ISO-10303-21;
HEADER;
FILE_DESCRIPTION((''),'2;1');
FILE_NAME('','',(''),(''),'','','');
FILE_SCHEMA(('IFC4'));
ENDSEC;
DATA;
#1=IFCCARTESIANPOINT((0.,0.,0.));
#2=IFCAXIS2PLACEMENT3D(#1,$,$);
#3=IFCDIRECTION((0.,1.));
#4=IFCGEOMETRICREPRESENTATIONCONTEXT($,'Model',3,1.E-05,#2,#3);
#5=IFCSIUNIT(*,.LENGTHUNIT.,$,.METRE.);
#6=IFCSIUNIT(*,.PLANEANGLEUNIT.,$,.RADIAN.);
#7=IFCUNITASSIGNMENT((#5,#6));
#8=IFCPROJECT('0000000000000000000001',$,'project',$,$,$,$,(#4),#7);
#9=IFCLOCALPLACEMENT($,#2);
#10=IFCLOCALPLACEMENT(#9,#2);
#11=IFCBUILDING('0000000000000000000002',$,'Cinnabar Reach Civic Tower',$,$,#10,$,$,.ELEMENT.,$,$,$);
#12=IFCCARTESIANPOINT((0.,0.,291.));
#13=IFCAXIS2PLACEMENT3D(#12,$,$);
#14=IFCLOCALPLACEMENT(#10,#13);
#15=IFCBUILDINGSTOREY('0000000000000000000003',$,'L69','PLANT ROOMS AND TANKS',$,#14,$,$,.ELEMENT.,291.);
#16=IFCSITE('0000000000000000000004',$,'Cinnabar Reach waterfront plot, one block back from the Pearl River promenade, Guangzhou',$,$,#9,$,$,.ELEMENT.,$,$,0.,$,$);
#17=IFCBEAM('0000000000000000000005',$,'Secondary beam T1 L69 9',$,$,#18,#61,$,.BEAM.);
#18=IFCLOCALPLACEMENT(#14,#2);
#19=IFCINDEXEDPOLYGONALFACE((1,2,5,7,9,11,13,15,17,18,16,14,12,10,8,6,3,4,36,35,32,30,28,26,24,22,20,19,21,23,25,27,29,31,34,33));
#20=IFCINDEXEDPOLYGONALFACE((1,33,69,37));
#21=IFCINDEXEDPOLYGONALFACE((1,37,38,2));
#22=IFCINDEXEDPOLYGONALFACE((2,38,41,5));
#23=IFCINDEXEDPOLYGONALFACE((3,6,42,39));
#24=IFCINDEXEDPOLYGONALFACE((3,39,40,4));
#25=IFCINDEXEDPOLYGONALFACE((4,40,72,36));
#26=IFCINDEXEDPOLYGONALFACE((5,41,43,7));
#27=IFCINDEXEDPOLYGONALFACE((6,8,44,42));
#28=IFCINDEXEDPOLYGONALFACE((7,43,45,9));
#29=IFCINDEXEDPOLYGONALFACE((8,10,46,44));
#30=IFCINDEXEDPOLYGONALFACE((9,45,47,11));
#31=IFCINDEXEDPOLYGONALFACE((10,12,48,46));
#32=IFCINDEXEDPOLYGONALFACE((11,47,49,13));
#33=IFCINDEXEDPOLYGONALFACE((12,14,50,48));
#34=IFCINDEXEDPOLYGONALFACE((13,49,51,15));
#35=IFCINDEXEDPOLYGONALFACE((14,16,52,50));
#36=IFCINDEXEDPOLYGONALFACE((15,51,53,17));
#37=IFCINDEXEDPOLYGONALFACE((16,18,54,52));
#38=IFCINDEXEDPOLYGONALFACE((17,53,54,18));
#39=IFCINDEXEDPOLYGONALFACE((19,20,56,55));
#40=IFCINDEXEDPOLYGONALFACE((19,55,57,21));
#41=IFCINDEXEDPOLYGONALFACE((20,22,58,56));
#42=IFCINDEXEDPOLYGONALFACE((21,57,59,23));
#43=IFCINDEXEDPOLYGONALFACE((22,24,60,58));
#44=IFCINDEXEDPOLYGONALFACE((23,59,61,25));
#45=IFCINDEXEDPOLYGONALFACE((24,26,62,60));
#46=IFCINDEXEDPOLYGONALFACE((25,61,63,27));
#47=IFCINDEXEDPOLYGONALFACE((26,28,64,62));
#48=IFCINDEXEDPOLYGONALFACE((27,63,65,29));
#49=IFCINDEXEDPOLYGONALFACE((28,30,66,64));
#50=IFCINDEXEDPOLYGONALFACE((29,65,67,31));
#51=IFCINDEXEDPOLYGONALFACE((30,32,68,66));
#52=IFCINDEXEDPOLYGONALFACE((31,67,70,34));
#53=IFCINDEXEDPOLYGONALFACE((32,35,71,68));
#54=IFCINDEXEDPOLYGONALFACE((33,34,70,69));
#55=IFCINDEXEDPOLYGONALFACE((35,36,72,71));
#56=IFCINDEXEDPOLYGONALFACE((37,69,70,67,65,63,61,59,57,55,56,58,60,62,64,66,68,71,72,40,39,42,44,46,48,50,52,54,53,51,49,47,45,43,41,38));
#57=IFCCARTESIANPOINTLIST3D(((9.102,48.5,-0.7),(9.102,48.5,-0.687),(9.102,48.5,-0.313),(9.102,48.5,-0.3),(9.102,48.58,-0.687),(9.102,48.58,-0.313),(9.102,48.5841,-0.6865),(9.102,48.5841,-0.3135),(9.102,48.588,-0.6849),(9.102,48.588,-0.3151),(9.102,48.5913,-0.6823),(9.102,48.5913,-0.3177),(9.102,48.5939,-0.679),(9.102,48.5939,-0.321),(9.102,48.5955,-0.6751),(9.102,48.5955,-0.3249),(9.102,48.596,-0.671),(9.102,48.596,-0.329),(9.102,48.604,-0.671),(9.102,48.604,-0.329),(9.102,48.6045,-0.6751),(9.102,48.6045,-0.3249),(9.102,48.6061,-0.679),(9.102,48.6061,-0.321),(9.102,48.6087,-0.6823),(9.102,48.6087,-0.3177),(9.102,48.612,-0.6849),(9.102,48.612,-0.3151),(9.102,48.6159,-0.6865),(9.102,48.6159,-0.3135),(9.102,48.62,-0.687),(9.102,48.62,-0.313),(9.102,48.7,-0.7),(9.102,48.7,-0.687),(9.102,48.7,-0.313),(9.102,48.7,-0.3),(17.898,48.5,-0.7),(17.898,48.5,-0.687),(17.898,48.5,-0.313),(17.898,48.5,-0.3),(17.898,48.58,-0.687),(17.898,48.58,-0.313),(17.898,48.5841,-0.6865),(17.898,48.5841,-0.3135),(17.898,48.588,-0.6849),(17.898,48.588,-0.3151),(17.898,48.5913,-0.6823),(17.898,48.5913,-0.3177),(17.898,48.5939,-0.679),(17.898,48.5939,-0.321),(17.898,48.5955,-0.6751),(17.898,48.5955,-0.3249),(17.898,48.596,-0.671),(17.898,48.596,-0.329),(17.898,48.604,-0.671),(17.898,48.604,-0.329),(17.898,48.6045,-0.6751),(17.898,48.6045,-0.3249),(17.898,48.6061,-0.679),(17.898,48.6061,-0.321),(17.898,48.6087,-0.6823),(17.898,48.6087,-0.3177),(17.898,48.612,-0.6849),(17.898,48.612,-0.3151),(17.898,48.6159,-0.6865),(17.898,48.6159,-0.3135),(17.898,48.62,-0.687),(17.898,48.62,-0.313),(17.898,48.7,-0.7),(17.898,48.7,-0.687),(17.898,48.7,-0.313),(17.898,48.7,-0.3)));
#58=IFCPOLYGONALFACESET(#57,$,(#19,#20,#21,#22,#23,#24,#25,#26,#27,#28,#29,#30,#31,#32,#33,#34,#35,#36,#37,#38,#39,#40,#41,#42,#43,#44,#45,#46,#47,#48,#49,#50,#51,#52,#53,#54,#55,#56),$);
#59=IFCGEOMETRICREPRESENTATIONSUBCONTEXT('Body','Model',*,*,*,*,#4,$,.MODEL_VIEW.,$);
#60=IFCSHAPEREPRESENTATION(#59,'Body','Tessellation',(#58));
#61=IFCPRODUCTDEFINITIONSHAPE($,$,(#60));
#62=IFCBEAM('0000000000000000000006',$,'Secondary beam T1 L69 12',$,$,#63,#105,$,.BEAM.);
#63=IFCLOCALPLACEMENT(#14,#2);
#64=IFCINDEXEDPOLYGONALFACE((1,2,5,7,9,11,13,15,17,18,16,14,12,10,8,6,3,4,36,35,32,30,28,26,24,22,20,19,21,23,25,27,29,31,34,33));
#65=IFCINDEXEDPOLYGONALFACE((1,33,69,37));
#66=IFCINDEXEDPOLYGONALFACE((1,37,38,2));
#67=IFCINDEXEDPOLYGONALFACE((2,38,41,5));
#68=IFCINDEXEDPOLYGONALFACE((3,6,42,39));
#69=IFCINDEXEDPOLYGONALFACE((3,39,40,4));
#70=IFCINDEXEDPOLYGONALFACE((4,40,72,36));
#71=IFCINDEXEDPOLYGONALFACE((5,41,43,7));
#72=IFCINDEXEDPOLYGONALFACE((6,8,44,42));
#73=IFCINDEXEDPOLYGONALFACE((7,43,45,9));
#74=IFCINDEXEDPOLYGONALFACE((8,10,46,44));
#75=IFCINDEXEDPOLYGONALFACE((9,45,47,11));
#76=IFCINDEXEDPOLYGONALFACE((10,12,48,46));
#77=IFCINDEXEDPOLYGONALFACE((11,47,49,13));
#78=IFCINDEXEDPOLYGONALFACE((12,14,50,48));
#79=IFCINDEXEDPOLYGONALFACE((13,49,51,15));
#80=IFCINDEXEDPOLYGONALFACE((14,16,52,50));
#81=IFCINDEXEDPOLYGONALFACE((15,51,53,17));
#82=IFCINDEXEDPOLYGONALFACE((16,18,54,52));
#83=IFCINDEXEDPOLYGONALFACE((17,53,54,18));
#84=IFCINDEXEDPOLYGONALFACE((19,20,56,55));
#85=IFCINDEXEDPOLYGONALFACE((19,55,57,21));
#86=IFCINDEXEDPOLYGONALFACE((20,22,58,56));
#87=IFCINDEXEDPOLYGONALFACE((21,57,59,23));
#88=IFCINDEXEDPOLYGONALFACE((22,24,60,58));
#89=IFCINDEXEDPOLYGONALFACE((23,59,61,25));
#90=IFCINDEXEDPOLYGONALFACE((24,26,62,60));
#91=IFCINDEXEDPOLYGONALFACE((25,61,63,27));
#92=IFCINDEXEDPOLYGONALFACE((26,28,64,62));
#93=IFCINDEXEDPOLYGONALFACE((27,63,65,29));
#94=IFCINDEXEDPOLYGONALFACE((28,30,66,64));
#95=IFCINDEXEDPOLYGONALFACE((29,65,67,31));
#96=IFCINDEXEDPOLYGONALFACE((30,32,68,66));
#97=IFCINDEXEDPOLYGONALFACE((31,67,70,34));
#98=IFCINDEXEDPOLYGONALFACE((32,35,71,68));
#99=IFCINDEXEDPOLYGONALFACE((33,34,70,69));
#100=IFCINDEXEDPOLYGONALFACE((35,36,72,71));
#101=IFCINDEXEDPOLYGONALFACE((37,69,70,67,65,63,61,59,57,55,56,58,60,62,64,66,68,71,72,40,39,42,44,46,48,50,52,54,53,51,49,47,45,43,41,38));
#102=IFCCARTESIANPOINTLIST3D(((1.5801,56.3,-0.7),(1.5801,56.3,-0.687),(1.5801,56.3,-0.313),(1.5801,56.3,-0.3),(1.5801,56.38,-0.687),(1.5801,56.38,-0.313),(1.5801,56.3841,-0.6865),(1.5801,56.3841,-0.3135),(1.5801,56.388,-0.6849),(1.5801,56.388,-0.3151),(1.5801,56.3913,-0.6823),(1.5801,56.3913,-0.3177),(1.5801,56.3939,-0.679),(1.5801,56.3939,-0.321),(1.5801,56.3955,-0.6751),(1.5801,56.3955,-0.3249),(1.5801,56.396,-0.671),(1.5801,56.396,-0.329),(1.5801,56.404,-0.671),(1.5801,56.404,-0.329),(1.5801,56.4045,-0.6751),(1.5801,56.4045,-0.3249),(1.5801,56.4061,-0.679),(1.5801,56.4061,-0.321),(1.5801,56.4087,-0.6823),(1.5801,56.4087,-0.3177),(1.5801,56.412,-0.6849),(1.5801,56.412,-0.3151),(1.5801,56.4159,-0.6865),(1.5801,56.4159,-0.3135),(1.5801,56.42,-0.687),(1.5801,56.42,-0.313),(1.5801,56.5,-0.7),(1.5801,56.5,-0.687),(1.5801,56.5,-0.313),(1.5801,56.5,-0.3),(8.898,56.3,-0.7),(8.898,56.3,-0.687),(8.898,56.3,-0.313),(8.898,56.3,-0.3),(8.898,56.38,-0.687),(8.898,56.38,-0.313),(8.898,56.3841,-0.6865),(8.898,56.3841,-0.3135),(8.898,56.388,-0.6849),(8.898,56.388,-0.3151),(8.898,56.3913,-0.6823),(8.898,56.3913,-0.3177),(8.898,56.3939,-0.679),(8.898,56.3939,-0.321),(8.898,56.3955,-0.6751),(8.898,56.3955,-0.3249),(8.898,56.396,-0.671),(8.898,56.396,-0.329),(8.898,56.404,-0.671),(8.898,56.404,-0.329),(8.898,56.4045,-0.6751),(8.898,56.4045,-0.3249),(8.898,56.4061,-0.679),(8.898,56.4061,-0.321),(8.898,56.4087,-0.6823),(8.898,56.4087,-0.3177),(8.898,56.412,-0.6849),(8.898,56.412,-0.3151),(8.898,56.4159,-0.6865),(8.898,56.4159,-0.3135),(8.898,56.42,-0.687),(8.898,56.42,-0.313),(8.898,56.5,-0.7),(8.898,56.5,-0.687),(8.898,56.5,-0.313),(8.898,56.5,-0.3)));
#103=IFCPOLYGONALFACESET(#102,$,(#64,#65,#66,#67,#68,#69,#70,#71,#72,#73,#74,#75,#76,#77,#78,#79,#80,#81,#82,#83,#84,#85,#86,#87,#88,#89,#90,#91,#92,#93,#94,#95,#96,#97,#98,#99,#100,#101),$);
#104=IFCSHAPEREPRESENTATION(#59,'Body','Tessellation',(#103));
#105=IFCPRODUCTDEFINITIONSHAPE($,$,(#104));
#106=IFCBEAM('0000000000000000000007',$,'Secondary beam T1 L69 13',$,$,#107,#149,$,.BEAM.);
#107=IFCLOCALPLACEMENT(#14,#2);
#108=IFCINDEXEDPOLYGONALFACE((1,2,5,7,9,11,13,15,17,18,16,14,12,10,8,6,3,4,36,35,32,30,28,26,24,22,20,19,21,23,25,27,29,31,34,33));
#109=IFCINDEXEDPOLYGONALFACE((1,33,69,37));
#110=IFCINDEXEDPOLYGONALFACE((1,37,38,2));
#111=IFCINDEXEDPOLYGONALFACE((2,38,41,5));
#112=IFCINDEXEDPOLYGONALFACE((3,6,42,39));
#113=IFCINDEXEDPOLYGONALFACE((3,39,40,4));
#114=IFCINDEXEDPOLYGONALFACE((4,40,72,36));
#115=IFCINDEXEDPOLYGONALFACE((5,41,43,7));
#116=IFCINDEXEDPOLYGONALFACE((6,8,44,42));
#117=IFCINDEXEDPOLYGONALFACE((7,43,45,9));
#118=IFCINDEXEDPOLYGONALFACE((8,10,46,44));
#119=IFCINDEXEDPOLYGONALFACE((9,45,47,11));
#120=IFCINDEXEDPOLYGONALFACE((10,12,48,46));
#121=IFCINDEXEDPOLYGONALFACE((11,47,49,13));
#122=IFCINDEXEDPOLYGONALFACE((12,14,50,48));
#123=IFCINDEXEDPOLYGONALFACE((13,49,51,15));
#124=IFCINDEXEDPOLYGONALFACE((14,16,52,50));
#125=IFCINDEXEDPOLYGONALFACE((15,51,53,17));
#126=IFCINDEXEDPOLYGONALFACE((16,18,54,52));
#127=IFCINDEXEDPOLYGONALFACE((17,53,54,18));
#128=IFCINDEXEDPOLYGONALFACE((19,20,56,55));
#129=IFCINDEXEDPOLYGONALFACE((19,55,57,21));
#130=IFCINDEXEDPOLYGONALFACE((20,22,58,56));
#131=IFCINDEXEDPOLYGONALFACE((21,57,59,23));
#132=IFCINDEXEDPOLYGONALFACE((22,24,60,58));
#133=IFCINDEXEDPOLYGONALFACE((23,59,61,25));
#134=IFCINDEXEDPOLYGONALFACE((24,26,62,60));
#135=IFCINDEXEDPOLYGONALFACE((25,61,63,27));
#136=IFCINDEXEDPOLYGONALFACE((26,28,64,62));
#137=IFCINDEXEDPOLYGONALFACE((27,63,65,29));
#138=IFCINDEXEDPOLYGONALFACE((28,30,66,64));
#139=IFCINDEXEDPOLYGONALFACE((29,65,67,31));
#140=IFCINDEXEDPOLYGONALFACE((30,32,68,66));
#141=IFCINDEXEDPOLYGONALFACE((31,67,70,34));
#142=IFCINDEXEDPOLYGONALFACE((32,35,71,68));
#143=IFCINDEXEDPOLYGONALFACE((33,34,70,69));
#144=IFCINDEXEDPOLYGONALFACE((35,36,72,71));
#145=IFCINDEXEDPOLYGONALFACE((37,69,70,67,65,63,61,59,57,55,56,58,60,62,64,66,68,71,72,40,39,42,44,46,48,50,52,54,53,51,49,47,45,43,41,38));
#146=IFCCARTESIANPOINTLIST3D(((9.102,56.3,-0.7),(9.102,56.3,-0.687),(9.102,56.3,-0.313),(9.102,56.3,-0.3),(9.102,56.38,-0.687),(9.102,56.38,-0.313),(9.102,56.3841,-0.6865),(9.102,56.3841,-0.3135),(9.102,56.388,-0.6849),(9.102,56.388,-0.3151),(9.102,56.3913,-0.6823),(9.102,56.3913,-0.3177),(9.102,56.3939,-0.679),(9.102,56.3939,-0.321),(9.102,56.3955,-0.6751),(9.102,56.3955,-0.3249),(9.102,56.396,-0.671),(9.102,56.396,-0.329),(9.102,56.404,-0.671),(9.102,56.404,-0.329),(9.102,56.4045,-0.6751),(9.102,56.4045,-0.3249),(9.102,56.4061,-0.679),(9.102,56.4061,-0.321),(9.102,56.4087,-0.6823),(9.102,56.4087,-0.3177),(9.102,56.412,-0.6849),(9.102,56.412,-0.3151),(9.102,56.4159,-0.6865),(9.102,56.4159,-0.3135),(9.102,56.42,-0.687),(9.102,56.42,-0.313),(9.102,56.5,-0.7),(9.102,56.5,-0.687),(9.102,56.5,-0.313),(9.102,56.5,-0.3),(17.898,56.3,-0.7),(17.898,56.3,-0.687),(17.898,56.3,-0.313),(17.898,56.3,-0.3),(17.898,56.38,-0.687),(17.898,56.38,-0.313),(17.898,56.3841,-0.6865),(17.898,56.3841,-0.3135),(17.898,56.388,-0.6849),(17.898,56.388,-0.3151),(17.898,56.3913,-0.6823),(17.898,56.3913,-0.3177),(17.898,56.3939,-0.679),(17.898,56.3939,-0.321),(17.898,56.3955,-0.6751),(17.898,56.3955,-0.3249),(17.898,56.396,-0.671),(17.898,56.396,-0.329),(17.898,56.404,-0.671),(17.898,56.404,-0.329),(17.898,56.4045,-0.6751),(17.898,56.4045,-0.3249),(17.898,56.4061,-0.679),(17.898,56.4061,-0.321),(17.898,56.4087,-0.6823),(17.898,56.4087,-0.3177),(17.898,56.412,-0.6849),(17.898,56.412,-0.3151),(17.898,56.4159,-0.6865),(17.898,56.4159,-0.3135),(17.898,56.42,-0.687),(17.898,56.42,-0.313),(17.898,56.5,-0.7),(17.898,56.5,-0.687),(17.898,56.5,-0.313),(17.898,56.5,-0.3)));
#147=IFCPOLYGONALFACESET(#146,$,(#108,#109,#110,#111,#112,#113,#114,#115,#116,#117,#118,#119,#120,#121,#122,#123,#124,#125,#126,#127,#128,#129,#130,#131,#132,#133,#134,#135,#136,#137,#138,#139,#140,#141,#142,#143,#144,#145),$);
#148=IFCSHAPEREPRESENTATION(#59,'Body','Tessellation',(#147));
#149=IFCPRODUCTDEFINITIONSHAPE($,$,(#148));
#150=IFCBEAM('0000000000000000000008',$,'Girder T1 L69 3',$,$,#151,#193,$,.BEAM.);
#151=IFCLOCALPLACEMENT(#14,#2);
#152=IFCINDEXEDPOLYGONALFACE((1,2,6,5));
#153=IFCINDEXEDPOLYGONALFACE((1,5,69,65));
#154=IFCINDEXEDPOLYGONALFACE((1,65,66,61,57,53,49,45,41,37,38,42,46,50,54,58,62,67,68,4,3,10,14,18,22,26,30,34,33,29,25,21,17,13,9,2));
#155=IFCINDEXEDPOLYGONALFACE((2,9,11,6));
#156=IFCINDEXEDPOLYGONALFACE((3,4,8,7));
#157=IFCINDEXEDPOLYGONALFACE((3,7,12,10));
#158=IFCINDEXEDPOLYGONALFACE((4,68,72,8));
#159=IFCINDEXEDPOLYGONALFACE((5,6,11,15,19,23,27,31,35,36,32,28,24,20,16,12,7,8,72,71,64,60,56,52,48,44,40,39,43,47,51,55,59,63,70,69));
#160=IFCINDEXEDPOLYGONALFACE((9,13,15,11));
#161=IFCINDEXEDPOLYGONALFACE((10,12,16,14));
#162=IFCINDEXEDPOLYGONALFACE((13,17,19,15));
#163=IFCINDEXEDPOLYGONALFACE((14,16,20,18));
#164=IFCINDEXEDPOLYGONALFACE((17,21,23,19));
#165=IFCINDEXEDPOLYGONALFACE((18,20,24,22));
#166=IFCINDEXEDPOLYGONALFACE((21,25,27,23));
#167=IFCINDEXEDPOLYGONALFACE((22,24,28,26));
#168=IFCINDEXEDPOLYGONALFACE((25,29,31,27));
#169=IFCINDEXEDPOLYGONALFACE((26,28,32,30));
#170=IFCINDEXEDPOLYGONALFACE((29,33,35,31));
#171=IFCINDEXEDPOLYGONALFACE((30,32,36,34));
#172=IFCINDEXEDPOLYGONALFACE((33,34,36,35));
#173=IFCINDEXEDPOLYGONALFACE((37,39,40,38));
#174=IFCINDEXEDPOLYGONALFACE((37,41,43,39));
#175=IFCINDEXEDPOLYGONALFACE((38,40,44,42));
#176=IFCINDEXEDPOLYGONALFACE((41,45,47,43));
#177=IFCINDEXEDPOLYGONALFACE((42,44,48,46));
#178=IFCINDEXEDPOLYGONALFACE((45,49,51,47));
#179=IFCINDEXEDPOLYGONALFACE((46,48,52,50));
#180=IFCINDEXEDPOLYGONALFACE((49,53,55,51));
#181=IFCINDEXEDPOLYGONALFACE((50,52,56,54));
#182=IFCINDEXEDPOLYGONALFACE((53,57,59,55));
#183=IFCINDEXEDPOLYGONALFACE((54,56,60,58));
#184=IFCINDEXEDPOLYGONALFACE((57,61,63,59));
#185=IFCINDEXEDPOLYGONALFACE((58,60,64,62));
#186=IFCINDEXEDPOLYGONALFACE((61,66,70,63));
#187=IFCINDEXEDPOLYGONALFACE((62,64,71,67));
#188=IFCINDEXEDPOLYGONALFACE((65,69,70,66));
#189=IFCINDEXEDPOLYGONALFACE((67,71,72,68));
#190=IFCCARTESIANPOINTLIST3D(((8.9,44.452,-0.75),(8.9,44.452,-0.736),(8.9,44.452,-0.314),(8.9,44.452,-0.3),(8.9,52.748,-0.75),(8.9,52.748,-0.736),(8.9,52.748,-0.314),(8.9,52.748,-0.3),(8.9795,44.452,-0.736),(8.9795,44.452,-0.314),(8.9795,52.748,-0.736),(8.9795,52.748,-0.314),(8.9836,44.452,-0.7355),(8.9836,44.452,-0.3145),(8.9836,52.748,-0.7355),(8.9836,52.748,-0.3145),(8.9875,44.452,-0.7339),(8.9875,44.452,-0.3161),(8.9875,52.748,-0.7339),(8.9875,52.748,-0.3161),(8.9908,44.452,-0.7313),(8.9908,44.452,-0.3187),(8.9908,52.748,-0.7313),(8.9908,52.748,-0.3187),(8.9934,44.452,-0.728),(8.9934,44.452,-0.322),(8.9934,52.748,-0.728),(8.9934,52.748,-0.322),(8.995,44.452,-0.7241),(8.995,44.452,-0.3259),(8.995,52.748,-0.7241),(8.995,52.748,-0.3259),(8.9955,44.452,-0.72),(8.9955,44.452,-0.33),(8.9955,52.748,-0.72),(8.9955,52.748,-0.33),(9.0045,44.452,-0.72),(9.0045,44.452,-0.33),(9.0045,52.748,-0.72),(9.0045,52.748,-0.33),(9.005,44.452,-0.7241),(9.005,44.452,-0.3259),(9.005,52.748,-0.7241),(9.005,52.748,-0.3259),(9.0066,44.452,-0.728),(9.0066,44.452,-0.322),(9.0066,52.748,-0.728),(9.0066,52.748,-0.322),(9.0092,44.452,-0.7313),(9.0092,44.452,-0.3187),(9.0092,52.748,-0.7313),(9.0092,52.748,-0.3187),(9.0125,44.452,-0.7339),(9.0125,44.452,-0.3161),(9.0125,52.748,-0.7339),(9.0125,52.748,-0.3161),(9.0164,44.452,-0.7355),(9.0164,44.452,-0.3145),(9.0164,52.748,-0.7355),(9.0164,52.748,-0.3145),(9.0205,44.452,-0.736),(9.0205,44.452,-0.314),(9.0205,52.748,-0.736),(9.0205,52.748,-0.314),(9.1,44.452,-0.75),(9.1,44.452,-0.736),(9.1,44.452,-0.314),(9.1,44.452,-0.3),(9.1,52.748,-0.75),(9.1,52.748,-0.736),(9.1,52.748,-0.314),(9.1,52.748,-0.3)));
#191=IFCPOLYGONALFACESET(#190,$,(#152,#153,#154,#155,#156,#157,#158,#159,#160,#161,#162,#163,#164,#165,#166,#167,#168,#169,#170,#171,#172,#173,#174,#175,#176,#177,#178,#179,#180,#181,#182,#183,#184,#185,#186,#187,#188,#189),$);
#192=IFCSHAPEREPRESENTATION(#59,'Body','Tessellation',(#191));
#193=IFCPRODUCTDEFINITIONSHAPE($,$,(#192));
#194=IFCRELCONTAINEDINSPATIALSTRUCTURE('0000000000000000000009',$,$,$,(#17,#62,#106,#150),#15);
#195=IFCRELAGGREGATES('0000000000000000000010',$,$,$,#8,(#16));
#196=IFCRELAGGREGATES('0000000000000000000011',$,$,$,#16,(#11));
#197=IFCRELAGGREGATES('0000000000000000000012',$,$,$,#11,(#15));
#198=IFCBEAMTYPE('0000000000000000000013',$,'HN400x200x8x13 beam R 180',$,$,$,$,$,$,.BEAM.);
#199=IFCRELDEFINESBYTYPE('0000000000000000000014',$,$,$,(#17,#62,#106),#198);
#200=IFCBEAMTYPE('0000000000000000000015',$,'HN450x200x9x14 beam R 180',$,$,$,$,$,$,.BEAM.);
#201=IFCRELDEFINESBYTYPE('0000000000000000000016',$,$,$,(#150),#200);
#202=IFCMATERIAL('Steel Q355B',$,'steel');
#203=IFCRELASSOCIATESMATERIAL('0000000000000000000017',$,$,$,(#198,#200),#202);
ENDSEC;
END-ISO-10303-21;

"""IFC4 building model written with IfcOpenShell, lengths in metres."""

from ifc_helpers import new_model, si_unit, direction, frame, origin, origin_2d, place, context, subcontext, project, spatial, i_section, extrude, material, material_profile, profile_set, type_object, element, save


model = new_model("IFC4")

# Units and contexts
model_context = context("Model", 3, precision=1e-05, world=origin(), true_north=direction((0.0, 1.0)))
body_context = subcontext(model_context, "Body", "Model", "MODEL_VIEW")
ifc_project = project(units=[si_unit("LENGTHUNIT", "METRE"), si_unit("PLANEANGLEUNIT", "RADIAN")], contexts=[model_context])

# Site, building, storey
site_placement = place(None, origin())
site = spatial("IfcSite", under=ifc_project, at=site_placement, Name="Cinnabar Reach waterfront plot, one block back from the Pearl River promenade, Guangzhou", CompositionType="ELEMENT", RefElevation=0.0)
building_placement = place(site_placement, origin())
building = spatial("IfcBuilding", under=site, at=building_placement, Name="Cinnabar Reach Civic Tower", CompositionType="ELEMENT")
storey_placement = place(building_placement, frame((0.0, 0.0, 291.0)))
storey = spatial("IfcBuildingStorey", under=building, at=storey_placement, Name="L69", Description="PLANT ROOMS AND TANKS", CompositionType="ELEMENT", Elevation=291.0)

# Beams
ifc_material_1 = material(Name="Steel Q355B", Category="steel")
ifc_material_profile_1 = material_profile(ifc_material_1, i_section(OverallWidth=0.2, OverallDepth=0.4, WebThickness=0.008, FlangeThickness=0.013, FilletRadius=0.016, at=origin_2d()), Name="HN400x200x8x13")
ifc_profile_set_1 = profile_set([ifc_material_profile_1], Name="Steel Q355B")
beam_type_1 = type_object("IfcBeamType", Name="HN400x200x8x13 beam R 180", PredefinedType="BEAM", material=ifc_profile_set_1)
beam_1_placement = place(storey_placement, frame((9.102, 48.6, -0.5), z_axis=(1.0, 0.0, 0.0), x_axis=(0.0, 1.0, 0.0)))
element("IfcBeam", 1, at=beam_1_placement, inside=storey, type_object=beam_type_1, Name="Secondary beam T1 L69 9", PredefinedType="BEAM", context=body_context, shape_type="SweptSolid", body=[
    extrude(i_section(OverallWidth=0.2, OverallDepth=0.4, WebThickness=0.008, FlangeThickness=0.013, FilletRadius=0.016, at=origin_2d()), origin(), (0.0, 0.0, 1.0), 8.796),
])
beam_2_placement = place(storey_placement, frame((1.5801, 56.4, -0.5), z_axis=(1.0, 0.0, 0.0), x_axis=(0.0, 1.0, 0.0)))
element("IfcBeam", 2, at=beam_2_placement, inside=storey, type_object=beam_type_1, Name="Secondary beam T1 L69 12", PredefinedType="BEAM", context=body_context, shape_type="SweptSolid", body=[
    extrude(i_section(OverallWidth=0.2, OverallDepth=0.4, WebThickness=0.008, FlangeThickness=0.013, FilletRadius=0.016, at=origin_2d()), origin(), (0.0, 0.0, 1.0), 7.3179),
])
beam_3_placement = place(storey_placement, frame((9.102, 56.4, -0.5), z_axis=(1.0, 0.0, 0.0), x_axis=(0.0, 1.0, 0.0)))
element("IfcBeam", 3, at=beam_3_placement, inside=storey, type_object=beam_type_1, Name="Secondary beam T1 L69 13", PredefinedType="BEAM", context=body_context, shape_type="SweptSolid", body=[
    extrude(i_section(OverallWidth=0.2, OverallDepth=0.4, WebThickness=0.008, FlangeThickness=0.013, FilletRadius=0.016, at=origin_2d()), origin(), (0.0, 0.0, 1.0), 8.796),
])
ifc_material_profile_2 = material_profile(ifc_material_1, i_section(OverallWidth=0.2, OverallDepth=0.45, WebThickness=0.009, FlangeThickness=0.014, FilletRadius=0.016, at=origin_2d()), Name="HN450x200x9x14")
ifc_profile_set_2 = profile_set([ifc_material_profile_2], Name="Steel Q355B")
beam_type_2 = type_object("IfcBeamType", Name="HN450x200x9x14 beam R 180", PredefinedType="BEAM", material=ifc_profile_set_2)
beam_4_placement = place(storey_placement, frame((9.0, 44.452, -0.525), z_axis=(0.0, 1.0, 0.0), x_axis=(-1.0, 0.0, 0.0)))
element("IfcBeam", 4, at=beam_4_placement, inside=storey, type_object=beam_type_2, Name="Girder T1 L69 3", PredefinedType="BEAM", context=body_context, shape_type="SweptSolid", body=[
    extrude(i_section(OverallWidth=0.2, OverallDepth=0.45, WebThickness=0.009, FlangeThickness=0.014, FilletRadius=0.016, at=origin_2d()), origin(), (0.0, 0.0, 1.0), 8.296),
])

save(model, "model.ifc")
